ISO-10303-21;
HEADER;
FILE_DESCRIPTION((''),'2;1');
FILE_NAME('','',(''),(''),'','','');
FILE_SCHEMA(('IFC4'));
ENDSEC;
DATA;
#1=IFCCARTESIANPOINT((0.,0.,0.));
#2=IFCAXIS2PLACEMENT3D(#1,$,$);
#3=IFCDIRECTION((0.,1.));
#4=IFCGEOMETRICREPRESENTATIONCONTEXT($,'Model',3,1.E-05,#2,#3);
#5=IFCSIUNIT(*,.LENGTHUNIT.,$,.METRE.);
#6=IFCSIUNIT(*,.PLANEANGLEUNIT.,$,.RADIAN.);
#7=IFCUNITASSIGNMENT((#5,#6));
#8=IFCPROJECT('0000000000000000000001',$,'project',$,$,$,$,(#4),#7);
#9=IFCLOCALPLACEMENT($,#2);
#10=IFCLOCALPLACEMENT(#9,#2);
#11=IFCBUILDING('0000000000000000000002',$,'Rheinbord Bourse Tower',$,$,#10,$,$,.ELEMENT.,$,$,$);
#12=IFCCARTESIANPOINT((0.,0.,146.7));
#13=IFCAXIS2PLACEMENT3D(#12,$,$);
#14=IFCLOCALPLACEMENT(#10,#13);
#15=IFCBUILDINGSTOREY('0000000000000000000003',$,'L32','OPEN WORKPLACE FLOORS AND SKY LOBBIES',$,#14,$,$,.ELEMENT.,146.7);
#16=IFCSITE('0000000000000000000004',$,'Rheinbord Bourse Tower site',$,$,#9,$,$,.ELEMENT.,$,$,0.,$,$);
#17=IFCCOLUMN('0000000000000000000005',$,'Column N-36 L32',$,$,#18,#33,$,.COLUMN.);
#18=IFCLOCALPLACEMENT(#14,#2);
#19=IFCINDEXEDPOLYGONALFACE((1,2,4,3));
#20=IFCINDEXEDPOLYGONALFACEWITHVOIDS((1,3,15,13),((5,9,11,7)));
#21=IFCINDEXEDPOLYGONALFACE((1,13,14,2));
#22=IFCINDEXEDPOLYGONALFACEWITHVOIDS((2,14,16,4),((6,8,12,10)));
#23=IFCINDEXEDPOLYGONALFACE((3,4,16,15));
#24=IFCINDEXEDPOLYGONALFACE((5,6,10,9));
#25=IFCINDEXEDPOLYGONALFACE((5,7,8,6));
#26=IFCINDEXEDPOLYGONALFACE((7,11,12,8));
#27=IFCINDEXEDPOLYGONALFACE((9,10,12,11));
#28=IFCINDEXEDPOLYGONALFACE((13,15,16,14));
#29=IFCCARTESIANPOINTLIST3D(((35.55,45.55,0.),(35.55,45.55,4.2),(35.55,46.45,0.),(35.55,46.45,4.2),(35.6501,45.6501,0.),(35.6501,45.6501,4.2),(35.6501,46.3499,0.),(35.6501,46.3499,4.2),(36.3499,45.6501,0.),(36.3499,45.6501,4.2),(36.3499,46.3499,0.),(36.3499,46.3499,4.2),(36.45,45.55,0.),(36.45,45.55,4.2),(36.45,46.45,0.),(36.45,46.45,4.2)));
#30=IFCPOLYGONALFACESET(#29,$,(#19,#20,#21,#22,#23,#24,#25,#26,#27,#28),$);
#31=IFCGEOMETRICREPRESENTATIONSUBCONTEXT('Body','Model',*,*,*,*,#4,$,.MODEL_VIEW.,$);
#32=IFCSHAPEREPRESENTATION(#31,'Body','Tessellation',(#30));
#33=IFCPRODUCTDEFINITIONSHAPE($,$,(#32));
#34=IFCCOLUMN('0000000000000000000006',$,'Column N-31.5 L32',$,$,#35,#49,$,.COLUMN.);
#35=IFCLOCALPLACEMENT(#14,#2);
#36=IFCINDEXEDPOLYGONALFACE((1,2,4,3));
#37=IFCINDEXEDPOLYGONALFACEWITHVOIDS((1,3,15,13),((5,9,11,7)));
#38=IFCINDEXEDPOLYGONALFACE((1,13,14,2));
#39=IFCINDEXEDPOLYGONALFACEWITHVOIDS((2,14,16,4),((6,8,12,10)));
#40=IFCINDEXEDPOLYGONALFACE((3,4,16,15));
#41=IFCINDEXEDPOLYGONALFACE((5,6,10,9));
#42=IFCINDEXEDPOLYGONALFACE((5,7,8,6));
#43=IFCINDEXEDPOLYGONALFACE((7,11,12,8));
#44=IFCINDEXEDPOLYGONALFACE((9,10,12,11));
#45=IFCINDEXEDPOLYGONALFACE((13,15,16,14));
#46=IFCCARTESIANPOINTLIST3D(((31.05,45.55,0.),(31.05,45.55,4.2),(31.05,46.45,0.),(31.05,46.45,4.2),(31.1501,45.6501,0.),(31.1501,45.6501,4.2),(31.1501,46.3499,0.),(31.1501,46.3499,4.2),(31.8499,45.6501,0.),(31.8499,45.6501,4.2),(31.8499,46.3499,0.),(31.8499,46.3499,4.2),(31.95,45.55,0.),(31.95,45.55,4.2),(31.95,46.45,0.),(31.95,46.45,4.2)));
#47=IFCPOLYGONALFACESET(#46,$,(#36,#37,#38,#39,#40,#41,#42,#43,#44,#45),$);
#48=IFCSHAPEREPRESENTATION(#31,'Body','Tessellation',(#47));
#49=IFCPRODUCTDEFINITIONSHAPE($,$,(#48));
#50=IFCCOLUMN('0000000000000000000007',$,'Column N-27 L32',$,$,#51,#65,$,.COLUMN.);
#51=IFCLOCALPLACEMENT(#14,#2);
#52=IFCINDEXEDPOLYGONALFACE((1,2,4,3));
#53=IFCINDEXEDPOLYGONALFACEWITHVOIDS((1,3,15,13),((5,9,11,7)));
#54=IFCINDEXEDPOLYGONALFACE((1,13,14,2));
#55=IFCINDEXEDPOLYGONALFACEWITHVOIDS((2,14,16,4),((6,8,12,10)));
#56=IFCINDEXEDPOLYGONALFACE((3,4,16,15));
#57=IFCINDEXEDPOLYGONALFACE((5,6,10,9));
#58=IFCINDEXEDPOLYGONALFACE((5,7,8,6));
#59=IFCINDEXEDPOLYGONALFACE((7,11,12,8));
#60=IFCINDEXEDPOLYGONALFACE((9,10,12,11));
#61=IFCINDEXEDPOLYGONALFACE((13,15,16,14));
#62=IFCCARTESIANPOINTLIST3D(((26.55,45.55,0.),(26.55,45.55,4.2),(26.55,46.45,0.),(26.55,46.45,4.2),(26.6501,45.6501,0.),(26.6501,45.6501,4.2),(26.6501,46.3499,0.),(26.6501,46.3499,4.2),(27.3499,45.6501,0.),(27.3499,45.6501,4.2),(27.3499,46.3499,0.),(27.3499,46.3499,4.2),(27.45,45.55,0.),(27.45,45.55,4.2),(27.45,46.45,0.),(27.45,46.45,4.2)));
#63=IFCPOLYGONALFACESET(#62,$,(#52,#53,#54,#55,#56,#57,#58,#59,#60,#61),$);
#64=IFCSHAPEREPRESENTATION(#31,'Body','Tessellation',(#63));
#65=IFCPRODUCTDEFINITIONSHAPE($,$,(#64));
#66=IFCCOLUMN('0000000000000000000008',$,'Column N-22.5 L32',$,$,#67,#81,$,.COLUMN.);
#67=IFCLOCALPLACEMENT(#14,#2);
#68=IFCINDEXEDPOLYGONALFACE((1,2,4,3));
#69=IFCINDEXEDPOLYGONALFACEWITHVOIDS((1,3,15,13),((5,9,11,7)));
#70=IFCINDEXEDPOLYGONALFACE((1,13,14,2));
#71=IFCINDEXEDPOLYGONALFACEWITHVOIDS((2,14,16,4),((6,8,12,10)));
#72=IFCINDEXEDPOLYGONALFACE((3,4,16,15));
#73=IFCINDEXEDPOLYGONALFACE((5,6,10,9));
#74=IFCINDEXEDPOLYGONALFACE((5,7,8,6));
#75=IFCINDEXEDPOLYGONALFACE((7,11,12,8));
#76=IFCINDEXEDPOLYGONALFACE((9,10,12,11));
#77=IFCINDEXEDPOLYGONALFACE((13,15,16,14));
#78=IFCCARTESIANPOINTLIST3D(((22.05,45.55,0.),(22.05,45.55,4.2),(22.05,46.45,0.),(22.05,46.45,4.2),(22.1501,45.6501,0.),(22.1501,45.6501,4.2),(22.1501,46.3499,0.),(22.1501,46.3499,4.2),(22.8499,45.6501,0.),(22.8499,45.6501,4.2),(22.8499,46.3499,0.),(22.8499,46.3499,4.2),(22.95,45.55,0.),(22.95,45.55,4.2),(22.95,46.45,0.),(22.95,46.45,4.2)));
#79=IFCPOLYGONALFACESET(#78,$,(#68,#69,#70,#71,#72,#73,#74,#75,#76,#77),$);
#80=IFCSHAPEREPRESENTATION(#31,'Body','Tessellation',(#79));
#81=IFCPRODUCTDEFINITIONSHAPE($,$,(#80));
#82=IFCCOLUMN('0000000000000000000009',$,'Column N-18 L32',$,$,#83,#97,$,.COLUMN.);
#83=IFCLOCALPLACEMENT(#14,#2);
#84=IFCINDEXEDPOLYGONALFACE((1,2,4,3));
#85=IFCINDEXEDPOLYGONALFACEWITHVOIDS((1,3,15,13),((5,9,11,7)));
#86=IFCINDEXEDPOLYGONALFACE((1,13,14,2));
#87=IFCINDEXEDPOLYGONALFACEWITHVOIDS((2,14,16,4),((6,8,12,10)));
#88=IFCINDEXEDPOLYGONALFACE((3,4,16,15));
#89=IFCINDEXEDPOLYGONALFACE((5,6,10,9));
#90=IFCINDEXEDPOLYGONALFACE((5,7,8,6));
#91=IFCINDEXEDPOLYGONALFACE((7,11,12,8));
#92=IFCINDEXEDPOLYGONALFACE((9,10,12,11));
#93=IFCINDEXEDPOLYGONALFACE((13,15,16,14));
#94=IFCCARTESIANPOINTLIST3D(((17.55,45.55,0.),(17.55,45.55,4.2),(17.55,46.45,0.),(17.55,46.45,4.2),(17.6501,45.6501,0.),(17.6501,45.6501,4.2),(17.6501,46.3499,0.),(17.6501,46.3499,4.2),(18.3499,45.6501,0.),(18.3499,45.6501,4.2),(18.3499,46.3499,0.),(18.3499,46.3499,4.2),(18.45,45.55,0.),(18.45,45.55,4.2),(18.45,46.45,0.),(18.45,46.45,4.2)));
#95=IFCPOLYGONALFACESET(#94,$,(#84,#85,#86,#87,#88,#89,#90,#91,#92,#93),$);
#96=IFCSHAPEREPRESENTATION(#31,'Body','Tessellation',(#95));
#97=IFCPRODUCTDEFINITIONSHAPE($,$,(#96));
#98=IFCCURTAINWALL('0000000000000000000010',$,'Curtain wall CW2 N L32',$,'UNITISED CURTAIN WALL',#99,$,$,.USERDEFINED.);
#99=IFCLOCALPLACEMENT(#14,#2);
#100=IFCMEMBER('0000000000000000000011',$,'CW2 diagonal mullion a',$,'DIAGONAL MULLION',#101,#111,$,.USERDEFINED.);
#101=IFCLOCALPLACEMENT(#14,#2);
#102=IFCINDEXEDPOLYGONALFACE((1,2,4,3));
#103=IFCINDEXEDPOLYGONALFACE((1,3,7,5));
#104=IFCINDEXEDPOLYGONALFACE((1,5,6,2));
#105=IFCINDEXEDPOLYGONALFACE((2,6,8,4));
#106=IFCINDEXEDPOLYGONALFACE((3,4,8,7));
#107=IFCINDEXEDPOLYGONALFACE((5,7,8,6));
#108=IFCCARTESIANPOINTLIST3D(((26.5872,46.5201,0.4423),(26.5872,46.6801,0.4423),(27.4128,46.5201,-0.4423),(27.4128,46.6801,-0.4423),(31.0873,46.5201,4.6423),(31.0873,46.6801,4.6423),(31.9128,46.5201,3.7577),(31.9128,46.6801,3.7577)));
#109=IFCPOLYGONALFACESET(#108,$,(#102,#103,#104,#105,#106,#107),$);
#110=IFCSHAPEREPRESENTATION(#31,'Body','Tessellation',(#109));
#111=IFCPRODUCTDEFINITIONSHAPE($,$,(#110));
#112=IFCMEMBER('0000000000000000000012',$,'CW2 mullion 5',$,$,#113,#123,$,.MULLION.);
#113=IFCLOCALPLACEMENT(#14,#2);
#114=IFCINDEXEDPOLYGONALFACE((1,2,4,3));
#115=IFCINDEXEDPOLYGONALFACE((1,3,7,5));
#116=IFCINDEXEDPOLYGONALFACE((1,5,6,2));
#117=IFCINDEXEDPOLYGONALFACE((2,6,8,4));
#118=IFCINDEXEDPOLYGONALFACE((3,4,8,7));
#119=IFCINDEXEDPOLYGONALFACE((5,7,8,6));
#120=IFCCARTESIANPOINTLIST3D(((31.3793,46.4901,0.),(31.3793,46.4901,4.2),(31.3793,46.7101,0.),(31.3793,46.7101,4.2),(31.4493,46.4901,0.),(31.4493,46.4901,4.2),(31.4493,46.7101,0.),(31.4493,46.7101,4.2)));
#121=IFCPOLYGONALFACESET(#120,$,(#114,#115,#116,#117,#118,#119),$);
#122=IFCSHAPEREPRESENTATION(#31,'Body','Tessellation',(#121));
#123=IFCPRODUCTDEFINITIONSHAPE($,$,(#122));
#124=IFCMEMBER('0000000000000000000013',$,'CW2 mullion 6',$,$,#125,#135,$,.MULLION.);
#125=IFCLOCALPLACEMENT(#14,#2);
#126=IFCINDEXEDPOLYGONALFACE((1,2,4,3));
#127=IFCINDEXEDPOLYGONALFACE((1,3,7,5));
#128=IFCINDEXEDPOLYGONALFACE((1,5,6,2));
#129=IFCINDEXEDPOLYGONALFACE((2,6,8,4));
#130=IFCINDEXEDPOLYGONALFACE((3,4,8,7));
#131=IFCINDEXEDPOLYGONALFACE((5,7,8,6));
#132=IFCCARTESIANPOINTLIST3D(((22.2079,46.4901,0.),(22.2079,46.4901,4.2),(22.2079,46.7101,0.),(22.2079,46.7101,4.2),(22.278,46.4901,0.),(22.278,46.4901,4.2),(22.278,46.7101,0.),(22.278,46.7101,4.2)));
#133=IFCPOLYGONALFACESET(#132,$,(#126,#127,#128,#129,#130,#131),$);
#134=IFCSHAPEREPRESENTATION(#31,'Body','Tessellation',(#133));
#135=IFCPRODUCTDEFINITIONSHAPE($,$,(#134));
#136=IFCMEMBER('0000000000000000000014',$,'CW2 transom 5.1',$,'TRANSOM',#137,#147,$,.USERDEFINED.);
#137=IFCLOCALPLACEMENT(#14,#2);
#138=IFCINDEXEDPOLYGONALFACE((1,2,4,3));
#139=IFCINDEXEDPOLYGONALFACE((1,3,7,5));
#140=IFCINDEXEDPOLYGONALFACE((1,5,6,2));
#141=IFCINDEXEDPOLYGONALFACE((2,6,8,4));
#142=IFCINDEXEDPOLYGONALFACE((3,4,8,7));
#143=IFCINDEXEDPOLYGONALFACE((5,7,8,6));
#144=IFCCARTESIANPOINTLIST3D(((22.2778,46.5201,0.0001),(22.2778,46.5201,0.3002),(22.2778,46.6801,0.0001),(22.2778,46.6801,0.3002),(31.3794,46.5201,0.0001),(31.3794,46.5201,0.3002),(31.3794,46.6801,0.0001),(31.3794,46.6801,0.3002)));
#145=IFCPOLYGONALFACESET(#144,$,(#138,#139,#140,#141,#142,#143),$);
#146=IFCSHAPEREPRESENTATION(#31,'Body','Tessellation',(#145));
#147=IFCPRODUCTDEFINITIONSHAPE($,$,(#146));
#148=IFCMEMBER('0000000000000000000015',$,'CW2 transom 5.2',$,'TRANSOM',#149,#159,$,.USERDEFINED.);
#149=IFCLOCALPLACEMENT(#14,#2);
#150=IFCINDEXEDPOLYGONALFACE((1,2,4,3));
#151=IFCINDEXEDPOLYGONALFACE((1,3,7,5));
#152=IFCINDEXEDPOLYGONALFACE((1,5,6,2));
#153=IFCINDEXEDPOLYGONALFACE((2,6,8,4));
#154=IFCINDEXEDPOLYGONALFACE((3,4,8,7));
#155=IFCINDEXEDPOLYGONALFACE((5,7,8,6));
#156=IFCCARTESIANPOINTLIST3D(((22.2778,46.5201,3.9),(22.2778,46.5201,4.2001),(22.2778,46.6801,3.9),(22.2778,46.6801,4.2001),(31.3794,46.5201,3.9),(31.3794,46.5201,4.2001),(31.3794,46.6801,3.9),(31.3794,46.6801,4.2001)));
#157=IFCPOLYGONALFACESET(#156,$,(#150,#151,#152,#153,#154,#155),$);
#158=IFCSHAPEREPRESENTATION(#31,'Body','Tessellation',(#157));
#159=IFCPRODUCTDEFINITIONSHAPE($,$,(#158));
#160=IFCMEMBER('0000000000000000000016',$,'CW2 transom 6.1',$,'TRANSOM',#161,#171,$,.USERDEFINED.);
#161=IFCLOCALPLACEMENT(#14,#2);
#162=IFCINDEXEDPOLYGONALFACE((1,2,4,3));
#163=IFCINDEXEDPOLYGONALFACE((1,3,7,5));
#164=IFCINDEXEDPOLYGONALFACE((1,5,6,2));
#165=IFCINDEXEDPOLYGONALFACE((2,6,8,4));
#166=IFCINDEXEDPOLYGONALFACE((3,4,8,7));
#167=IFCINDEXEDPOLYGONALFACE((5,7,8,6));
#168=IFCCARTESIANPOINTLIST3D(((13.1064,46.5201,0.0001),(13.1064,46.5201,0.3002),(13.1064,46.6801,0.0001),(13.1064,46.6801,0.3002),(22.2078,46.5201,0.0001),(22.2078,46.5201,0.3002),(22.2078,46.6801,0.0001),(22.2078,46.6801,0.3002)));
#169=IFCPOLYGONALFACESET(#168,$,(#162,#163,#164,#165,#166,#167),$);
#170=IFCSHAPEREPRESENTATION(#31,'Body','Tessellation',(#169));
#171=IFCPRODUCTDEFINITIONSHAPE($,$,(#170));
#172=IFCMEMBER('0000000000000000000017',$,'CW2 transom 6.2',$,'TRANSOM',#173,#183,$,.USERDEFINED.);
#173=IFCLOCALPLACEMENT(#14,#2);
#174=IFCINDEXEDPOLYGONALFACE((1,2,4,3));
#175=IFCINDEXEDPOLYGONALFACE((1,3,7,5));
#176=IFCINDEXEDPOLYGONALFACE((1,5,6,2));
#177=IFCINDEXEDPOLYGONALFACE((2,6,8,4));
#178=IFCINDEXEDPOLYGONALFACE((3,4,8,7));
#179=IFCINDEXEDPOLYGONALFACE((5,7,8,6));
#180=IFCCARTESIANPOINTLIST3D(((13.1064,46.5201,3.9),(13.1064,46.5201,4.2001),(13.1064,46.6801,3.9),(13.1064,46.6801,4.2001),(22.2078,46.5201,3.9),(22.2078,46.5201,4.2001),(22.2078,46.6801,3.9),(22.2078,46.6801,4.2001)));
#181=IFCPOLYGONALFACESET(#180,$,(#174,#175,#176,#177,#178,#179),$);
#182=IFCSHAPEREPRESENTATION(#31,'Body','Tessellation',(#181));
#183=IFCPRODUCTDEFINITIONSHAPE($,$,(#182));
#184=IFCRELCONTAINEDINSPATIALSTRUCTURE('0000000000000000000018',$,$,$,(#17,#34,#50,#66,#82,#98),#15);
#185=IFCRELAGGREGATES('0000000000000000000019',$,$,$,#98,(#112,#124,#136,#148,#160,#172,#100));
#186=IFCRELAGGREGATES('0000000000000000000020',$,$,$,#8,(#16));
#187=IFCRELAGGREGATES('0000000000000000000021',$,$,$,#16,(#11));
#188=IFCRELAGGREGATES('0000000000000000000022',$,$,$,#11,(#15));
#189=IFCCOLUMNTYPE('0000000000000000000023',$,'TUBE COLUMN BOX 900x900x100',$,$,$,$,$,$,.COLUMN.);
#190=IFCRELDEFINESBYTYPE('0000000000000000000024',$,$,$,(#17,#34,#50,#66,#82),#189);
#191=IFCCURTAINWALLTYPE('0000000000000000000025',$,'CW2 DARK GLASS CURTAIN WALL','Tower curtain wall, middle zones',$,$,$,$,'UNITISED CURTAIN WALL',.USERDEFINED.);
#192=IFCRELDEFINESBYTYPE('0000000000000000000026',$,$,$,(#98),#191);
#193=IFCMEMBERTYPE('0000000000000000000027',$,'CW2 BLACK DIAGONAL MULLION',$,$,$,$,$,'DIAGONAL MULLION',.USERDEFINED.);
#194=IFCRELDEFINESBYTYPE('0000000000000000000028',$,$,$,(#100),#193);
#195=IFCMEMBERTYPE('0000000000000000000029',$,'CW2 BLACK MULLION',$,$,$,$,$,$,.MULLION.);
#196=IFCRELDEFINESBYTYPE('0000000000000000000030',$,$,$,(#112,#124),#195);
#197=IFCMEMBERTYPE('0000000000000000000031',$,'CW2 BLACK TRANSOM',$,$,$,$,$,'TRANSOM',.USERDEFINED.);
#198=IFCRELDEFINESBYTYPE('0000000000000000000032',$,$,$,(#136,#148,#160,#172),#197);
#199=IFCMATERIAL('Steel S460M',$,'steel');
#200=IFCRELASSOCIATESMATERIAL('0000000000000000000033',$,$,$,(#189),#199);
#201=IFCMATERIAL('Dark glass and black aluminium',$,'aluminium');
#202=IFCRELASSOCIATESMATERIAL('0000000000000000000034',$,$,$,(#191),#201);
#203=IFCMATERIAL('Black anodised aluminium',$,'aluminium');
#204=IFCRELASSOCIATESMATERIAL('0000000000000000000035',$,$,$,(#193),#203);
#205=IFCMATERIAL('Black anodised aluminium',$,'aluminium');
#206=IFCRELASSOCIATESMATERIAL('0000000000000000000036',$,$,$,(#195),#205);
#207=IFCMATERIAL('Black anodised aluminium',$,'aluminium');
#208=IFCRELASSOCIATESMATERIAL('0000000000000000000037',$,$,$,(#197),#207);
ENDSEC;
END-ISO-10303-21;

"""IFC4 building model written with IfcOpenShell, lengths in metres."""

from ifc_helpers import new_model, si_unit, direction, frame, origin, origin_2d, place, context, subcontext, project, spatial, rectangle, hollow_rectangle, extrude, material, material_profile, profile_set, type_object, element, aggregate, save


model = new_model("IFC4")

# Units and contexts
model_context = context("Model", 3, precision=1e-05, world=origin(), true_north=direction((0.0, 1.0)))
body_context = subcontext(model_context, "Body", "Model", "MODEL_VIEW")
ifc_project = project(units=[si_unit("LENGTHUNIT", "METRE"), si_unit("PLANEANGLEUNIT", "RADIAN")], contexts=[model_context])

# Site, building, storey
site_placement = place(None, origin())
site = spatial("IfcSite", under=ifc_project, at=site_placement, Name="Rheinbord Bourse Tower site", CompositionType="ELEMENT", RefElevation=0.0)
building_placement = place(site_placement, origin())
building = spatial("IfcBuilding", under=site, at=building_placement, Name="Rheinbord Bourse Tower", CompositionType="ELEMENT")
storey_placement = place(building_placement, frame((0.0, 0.0, 146.7)))
storey = spatial("IfcBuildingStorey", under=building, at=storey_placement, Name="L32", Description="OPEN WORKPLACE FLOORS AND SKY LOBBIES", CompositionType="ELEMENT", Elevation=146.7)

# Columns
ifc_material_1 = material(Name="Steel S460M", Category="steel")
ifc_material_profile_1 = material_profile(ifc_material_1, hollow_rectangle(XDim=0.8999, YDim=0.8999, WallThickness=0.1001, at=origin_2d()), Name="BOX 900x900x100")
ifc_profile_set_1 = profile_set([ifc_material_profile_1], Name="Steel S460M")
column_type = type_object("IfcColumnType", Name="TUBE COLUMN BOX 900x900x100", PredefinedType="COLUMN", material=ifc_profile_set_1)
for number, where, z_axis, x_axis, name in (
    (1, (36.0, 46.0, 0.0), (0.0, 0.0, 1.0), (0.0, 1.0, 0.0), "Column N-36 L32"),
    (2, (31.5, 46.0, 0.0), (0.0, 0.0, 1.0), (0.0, 1.0, 0.0), "Column N-31.5 L32"),
    (3, (27.0, 46.0, 0.0), (0.0, 0.0, 1.0), (0.0, 1.0, 0.0), "Column N-27 L32"),
    (4, (22.5, 46.0, 0.0), (0.0, 0.0, 1.0), (0.0, 1.0, 0.0), "Column N-22.5 L32"),
    (5, (18.0, 46.0, 0.0), (0.0, 0.0, 1.0), (0.0, 1.0, 0.0), "Column N-18 L32"),
):
    element("IfcColumn", number, at=place(storey_placement, frame(where, z_axis=z_axis, x_axis=x_axis)), inside=storey, type_object=column_type, Name=name, PredefinedType="COLUMN", context=body_context, shape_type="SweptSolid", body=[
        extrude(hollow_rectangle(XDim=0.8999, YDim=0.8999, WallThickness=0.1001, at=origin_2d()), origin(), (0.0, 0.0, 1.0), 4.2),
    ])

# Curtain wall, members
ifc_material_2 = material(Name="Dark glass and black aluminium", Category="aluminium")
curtain_wall_type = type_object("IfcCurtainWallType", Name="CW2 DARK GLASS CURTAIN WALL", Description="Tower curtain wall, middle zones", ElementType="UNITISED CURTAIN WALL", PredefinedType="USERDEFINED", material=ifc_material_2)
curtain_wall_placement = place(storey_placement, origin())
curtain_wall = element("IfcCurtainWall", 6, at=curtain_wall_placement, inside=storey, type_object=curtain_wall_type, Name="Curtain wall CW2 N L32", ObjectType="UNITISED CURTAIN WALL", PredefinedType="USERDEFINED")
ifc_material_3 = material(Name="Black anodised aluminium", Category="aluminium")
ifc_material_profile_2 = material_profile(ifc_material_3, rectangle(XDim=0.1599, YDim=1.21, at=origin_2d()), Name="CW2 DIAGONAL MULLION 1210x160")
ifc_profile_set_2 = profile_set([ifc_material_profile_2], Name="Black anodised aluminium")
member_type_1 = type_object("IfcMemberType", Name="CW2 BLACK DIAGONAL MULLION", ElementType="DIAGONAL MULLION", PredefinedType="USERDEFINED", material=ifc_profile_set_2)
member_1_placement = place(storey_placement, frame((27.0, 46.6001, 0.0), z_axis=(0.731059, 0.0, 0.682314), x_axis=(0.0, 1.0, 0.0)))
member_1 = element("IfcMember", 7, at=member_1_placement, type_object=member_type_1, Name="CW2 diagonal mullion a", ObjectType="DIAGONAL MULLION", PredefinedType="USERDEFINED", context=body_context, shape_type="SweptSolid", body=[
    extrude(rectangle(XDim=0.1599, YDim=1.21, at=origin_2d()), origin(), (0.0, 0.0, 1.0), 6.1555),
])
ifc_material_4 = material(Name="Black anodised aluminium", Category="aluminium")
ifc_material_profile_3 = material_profile(ifc_material_4, rectangle(XDim=0.22, YDim=0.0701, at=origin_2d()), Name="CW2 MULLION 70x220")
ifc_profile_set_3 = profile_set([ifc_material_profile_3], Name="Black anodised aluminium")
member_type_2 = type_object("IfcMemberType", Name="CW2 BLACK MULLION", PredefinedType="MULLION", material=ifc_profile_set_3)
member_2_placement = place(storey_placement, frame((31.4143, 46.6001, 0.0), z_axis=(0.0, 0.0, 1.0), x_axis=(0.0, -1.0, 0.0)))
member_2 = element("IfcMember", 8, at=member_2_placement, type_object=member_type_2, Name="CW2 mullion 5", PredefinedType="MULLION", context=body_context, shape_type="SweptSolid", body=[
    extrude(rectangle(XDim=0.22, YDim=0.0701, at=origin_2d()), origin(), (0.0, 0.0, 1.0), 4.2),
])
member_3_placement = place(storey_placement, frame((22.2429, 46.6001, 0.0), z_axis=(0.0, 0.0, 1.0), x_axis=(0.0, -1.0, 0.0)))
member_3 = element("IfcMember", 9, at=member_3_placement, type_object=member_type_2, Name="CW2 mullion 6", PredefinedType="MULLION", context=body_context, shape_type="SweptSolid", body=[
    extrude(rectangle(XDim=0.22, YDim=0.0701, at=origin_2d()), origin(), (0.0, 0.0, 1.0), 4.2),
])
ifc_material_5 = material(Name="Black anodised aluminium", Category="aluminium")
ifc_material_profile_4 = material_profile(ifc_material_5, rectangle(XDim=0.1599, YDim=0.3, at=origin_2d()), Name="CW2 TRANSOM 300x160")
ifc_profile_set_4 = profile_set([ifc_material_profile_4], Name="Black anodised aluminium")
member_type_3 = type_object("IfcMemberType", Name="CW2 BLACK TRANSOM", ElementType="TRANSOM", PredefinedType="USERDEFINED", material=ifc_profile_set_4)
member_4_placement = place(storey_placement, frame((31.3794, 46.6001, 0.1501), z_axis=(-1.0, 0.0, 0.0), x_axis=(0.0, -1.0, 0.0)))
member_4 = element("IfcMember", 10, at=member_4_placement, type_object=member_type_3, Name="CW2 transom 5.1", ObjectType="TRANSOM", PredefinedType="USERDEFINED", context=body_context, shape_type="SweptSolid", body=[
    extrude(rectangle(XDim=0.1599, YDim=0.3, at=origin_2d()), origin(), (0.0, 0.0, 1.0), 9.1016),
])
member_5_placement = place(storey_placement, frame((31.3794, 46.6001, 4.05), z_axis=(-1.0, 0.0, 0.0), x_axis=(0.0, -1.0, 0.0)))
member_5 = element("IfcMember", 11, at=member_5_placement, type_object=member_type_3, Name="CW2 transom 5.2", ObjectType="TRANSOM", PredefinedType="USERDEFINED", context=body_context, shape_type="SweptSolid", body=[
    extrude(rectangle(XDim=0.1599, YDim=0.3, at=origin_2d()), origin(), (0.0, 0.0, 1.0), 9.1016),
])
member_6_placement = place(storey_placement, frame((22.2078, 46.6001, 0.1501), z_axis=(-1.0, 0.0, 0.0), x_axis=(0.0, -1.0, 0.0)))
member_6 = element("IfcMember", 12, at=member_6_placement, type_object=member_type_3, Name="CW2 transom 6.1", ObjectType="TRANSOM", PredefinedType="USERDEFINED", context=body_context, shape_type="SweptSolid", body=[
    extrude(rectangle(XDim=0.1599, YDim=0.3, at=origin_2d()), origin(), (0.0, 0.0, 1.0), 9.1013),
])
member_7_placement = place(storey_placement, frame((22.2078, 46.6001, 4.05), z_axis=(-1.0, 0.0, 0.0), x_axis=(0.0, -1.0, 0.0)))
member_7 = element("IfcMember", 13, at=member_7_placement, type_object=member_type_3, Name="CW2 transom 6.2", ObjectType="TRANSOM", PredefinedType="USERDEFINED", context=body_context, shape_type="SweptSolid", body=[
    extrude(rectangle(XDim=0.1599, YDim=0.3, at=origin_2d()), origin(), (0.0, 0.0, 1.0), 9.1013),
])

aggregate(curtain_wall, [member_2, member_3, member_4, member_5, member_6, member_7, member_1])

save(model, "model.ifc")
